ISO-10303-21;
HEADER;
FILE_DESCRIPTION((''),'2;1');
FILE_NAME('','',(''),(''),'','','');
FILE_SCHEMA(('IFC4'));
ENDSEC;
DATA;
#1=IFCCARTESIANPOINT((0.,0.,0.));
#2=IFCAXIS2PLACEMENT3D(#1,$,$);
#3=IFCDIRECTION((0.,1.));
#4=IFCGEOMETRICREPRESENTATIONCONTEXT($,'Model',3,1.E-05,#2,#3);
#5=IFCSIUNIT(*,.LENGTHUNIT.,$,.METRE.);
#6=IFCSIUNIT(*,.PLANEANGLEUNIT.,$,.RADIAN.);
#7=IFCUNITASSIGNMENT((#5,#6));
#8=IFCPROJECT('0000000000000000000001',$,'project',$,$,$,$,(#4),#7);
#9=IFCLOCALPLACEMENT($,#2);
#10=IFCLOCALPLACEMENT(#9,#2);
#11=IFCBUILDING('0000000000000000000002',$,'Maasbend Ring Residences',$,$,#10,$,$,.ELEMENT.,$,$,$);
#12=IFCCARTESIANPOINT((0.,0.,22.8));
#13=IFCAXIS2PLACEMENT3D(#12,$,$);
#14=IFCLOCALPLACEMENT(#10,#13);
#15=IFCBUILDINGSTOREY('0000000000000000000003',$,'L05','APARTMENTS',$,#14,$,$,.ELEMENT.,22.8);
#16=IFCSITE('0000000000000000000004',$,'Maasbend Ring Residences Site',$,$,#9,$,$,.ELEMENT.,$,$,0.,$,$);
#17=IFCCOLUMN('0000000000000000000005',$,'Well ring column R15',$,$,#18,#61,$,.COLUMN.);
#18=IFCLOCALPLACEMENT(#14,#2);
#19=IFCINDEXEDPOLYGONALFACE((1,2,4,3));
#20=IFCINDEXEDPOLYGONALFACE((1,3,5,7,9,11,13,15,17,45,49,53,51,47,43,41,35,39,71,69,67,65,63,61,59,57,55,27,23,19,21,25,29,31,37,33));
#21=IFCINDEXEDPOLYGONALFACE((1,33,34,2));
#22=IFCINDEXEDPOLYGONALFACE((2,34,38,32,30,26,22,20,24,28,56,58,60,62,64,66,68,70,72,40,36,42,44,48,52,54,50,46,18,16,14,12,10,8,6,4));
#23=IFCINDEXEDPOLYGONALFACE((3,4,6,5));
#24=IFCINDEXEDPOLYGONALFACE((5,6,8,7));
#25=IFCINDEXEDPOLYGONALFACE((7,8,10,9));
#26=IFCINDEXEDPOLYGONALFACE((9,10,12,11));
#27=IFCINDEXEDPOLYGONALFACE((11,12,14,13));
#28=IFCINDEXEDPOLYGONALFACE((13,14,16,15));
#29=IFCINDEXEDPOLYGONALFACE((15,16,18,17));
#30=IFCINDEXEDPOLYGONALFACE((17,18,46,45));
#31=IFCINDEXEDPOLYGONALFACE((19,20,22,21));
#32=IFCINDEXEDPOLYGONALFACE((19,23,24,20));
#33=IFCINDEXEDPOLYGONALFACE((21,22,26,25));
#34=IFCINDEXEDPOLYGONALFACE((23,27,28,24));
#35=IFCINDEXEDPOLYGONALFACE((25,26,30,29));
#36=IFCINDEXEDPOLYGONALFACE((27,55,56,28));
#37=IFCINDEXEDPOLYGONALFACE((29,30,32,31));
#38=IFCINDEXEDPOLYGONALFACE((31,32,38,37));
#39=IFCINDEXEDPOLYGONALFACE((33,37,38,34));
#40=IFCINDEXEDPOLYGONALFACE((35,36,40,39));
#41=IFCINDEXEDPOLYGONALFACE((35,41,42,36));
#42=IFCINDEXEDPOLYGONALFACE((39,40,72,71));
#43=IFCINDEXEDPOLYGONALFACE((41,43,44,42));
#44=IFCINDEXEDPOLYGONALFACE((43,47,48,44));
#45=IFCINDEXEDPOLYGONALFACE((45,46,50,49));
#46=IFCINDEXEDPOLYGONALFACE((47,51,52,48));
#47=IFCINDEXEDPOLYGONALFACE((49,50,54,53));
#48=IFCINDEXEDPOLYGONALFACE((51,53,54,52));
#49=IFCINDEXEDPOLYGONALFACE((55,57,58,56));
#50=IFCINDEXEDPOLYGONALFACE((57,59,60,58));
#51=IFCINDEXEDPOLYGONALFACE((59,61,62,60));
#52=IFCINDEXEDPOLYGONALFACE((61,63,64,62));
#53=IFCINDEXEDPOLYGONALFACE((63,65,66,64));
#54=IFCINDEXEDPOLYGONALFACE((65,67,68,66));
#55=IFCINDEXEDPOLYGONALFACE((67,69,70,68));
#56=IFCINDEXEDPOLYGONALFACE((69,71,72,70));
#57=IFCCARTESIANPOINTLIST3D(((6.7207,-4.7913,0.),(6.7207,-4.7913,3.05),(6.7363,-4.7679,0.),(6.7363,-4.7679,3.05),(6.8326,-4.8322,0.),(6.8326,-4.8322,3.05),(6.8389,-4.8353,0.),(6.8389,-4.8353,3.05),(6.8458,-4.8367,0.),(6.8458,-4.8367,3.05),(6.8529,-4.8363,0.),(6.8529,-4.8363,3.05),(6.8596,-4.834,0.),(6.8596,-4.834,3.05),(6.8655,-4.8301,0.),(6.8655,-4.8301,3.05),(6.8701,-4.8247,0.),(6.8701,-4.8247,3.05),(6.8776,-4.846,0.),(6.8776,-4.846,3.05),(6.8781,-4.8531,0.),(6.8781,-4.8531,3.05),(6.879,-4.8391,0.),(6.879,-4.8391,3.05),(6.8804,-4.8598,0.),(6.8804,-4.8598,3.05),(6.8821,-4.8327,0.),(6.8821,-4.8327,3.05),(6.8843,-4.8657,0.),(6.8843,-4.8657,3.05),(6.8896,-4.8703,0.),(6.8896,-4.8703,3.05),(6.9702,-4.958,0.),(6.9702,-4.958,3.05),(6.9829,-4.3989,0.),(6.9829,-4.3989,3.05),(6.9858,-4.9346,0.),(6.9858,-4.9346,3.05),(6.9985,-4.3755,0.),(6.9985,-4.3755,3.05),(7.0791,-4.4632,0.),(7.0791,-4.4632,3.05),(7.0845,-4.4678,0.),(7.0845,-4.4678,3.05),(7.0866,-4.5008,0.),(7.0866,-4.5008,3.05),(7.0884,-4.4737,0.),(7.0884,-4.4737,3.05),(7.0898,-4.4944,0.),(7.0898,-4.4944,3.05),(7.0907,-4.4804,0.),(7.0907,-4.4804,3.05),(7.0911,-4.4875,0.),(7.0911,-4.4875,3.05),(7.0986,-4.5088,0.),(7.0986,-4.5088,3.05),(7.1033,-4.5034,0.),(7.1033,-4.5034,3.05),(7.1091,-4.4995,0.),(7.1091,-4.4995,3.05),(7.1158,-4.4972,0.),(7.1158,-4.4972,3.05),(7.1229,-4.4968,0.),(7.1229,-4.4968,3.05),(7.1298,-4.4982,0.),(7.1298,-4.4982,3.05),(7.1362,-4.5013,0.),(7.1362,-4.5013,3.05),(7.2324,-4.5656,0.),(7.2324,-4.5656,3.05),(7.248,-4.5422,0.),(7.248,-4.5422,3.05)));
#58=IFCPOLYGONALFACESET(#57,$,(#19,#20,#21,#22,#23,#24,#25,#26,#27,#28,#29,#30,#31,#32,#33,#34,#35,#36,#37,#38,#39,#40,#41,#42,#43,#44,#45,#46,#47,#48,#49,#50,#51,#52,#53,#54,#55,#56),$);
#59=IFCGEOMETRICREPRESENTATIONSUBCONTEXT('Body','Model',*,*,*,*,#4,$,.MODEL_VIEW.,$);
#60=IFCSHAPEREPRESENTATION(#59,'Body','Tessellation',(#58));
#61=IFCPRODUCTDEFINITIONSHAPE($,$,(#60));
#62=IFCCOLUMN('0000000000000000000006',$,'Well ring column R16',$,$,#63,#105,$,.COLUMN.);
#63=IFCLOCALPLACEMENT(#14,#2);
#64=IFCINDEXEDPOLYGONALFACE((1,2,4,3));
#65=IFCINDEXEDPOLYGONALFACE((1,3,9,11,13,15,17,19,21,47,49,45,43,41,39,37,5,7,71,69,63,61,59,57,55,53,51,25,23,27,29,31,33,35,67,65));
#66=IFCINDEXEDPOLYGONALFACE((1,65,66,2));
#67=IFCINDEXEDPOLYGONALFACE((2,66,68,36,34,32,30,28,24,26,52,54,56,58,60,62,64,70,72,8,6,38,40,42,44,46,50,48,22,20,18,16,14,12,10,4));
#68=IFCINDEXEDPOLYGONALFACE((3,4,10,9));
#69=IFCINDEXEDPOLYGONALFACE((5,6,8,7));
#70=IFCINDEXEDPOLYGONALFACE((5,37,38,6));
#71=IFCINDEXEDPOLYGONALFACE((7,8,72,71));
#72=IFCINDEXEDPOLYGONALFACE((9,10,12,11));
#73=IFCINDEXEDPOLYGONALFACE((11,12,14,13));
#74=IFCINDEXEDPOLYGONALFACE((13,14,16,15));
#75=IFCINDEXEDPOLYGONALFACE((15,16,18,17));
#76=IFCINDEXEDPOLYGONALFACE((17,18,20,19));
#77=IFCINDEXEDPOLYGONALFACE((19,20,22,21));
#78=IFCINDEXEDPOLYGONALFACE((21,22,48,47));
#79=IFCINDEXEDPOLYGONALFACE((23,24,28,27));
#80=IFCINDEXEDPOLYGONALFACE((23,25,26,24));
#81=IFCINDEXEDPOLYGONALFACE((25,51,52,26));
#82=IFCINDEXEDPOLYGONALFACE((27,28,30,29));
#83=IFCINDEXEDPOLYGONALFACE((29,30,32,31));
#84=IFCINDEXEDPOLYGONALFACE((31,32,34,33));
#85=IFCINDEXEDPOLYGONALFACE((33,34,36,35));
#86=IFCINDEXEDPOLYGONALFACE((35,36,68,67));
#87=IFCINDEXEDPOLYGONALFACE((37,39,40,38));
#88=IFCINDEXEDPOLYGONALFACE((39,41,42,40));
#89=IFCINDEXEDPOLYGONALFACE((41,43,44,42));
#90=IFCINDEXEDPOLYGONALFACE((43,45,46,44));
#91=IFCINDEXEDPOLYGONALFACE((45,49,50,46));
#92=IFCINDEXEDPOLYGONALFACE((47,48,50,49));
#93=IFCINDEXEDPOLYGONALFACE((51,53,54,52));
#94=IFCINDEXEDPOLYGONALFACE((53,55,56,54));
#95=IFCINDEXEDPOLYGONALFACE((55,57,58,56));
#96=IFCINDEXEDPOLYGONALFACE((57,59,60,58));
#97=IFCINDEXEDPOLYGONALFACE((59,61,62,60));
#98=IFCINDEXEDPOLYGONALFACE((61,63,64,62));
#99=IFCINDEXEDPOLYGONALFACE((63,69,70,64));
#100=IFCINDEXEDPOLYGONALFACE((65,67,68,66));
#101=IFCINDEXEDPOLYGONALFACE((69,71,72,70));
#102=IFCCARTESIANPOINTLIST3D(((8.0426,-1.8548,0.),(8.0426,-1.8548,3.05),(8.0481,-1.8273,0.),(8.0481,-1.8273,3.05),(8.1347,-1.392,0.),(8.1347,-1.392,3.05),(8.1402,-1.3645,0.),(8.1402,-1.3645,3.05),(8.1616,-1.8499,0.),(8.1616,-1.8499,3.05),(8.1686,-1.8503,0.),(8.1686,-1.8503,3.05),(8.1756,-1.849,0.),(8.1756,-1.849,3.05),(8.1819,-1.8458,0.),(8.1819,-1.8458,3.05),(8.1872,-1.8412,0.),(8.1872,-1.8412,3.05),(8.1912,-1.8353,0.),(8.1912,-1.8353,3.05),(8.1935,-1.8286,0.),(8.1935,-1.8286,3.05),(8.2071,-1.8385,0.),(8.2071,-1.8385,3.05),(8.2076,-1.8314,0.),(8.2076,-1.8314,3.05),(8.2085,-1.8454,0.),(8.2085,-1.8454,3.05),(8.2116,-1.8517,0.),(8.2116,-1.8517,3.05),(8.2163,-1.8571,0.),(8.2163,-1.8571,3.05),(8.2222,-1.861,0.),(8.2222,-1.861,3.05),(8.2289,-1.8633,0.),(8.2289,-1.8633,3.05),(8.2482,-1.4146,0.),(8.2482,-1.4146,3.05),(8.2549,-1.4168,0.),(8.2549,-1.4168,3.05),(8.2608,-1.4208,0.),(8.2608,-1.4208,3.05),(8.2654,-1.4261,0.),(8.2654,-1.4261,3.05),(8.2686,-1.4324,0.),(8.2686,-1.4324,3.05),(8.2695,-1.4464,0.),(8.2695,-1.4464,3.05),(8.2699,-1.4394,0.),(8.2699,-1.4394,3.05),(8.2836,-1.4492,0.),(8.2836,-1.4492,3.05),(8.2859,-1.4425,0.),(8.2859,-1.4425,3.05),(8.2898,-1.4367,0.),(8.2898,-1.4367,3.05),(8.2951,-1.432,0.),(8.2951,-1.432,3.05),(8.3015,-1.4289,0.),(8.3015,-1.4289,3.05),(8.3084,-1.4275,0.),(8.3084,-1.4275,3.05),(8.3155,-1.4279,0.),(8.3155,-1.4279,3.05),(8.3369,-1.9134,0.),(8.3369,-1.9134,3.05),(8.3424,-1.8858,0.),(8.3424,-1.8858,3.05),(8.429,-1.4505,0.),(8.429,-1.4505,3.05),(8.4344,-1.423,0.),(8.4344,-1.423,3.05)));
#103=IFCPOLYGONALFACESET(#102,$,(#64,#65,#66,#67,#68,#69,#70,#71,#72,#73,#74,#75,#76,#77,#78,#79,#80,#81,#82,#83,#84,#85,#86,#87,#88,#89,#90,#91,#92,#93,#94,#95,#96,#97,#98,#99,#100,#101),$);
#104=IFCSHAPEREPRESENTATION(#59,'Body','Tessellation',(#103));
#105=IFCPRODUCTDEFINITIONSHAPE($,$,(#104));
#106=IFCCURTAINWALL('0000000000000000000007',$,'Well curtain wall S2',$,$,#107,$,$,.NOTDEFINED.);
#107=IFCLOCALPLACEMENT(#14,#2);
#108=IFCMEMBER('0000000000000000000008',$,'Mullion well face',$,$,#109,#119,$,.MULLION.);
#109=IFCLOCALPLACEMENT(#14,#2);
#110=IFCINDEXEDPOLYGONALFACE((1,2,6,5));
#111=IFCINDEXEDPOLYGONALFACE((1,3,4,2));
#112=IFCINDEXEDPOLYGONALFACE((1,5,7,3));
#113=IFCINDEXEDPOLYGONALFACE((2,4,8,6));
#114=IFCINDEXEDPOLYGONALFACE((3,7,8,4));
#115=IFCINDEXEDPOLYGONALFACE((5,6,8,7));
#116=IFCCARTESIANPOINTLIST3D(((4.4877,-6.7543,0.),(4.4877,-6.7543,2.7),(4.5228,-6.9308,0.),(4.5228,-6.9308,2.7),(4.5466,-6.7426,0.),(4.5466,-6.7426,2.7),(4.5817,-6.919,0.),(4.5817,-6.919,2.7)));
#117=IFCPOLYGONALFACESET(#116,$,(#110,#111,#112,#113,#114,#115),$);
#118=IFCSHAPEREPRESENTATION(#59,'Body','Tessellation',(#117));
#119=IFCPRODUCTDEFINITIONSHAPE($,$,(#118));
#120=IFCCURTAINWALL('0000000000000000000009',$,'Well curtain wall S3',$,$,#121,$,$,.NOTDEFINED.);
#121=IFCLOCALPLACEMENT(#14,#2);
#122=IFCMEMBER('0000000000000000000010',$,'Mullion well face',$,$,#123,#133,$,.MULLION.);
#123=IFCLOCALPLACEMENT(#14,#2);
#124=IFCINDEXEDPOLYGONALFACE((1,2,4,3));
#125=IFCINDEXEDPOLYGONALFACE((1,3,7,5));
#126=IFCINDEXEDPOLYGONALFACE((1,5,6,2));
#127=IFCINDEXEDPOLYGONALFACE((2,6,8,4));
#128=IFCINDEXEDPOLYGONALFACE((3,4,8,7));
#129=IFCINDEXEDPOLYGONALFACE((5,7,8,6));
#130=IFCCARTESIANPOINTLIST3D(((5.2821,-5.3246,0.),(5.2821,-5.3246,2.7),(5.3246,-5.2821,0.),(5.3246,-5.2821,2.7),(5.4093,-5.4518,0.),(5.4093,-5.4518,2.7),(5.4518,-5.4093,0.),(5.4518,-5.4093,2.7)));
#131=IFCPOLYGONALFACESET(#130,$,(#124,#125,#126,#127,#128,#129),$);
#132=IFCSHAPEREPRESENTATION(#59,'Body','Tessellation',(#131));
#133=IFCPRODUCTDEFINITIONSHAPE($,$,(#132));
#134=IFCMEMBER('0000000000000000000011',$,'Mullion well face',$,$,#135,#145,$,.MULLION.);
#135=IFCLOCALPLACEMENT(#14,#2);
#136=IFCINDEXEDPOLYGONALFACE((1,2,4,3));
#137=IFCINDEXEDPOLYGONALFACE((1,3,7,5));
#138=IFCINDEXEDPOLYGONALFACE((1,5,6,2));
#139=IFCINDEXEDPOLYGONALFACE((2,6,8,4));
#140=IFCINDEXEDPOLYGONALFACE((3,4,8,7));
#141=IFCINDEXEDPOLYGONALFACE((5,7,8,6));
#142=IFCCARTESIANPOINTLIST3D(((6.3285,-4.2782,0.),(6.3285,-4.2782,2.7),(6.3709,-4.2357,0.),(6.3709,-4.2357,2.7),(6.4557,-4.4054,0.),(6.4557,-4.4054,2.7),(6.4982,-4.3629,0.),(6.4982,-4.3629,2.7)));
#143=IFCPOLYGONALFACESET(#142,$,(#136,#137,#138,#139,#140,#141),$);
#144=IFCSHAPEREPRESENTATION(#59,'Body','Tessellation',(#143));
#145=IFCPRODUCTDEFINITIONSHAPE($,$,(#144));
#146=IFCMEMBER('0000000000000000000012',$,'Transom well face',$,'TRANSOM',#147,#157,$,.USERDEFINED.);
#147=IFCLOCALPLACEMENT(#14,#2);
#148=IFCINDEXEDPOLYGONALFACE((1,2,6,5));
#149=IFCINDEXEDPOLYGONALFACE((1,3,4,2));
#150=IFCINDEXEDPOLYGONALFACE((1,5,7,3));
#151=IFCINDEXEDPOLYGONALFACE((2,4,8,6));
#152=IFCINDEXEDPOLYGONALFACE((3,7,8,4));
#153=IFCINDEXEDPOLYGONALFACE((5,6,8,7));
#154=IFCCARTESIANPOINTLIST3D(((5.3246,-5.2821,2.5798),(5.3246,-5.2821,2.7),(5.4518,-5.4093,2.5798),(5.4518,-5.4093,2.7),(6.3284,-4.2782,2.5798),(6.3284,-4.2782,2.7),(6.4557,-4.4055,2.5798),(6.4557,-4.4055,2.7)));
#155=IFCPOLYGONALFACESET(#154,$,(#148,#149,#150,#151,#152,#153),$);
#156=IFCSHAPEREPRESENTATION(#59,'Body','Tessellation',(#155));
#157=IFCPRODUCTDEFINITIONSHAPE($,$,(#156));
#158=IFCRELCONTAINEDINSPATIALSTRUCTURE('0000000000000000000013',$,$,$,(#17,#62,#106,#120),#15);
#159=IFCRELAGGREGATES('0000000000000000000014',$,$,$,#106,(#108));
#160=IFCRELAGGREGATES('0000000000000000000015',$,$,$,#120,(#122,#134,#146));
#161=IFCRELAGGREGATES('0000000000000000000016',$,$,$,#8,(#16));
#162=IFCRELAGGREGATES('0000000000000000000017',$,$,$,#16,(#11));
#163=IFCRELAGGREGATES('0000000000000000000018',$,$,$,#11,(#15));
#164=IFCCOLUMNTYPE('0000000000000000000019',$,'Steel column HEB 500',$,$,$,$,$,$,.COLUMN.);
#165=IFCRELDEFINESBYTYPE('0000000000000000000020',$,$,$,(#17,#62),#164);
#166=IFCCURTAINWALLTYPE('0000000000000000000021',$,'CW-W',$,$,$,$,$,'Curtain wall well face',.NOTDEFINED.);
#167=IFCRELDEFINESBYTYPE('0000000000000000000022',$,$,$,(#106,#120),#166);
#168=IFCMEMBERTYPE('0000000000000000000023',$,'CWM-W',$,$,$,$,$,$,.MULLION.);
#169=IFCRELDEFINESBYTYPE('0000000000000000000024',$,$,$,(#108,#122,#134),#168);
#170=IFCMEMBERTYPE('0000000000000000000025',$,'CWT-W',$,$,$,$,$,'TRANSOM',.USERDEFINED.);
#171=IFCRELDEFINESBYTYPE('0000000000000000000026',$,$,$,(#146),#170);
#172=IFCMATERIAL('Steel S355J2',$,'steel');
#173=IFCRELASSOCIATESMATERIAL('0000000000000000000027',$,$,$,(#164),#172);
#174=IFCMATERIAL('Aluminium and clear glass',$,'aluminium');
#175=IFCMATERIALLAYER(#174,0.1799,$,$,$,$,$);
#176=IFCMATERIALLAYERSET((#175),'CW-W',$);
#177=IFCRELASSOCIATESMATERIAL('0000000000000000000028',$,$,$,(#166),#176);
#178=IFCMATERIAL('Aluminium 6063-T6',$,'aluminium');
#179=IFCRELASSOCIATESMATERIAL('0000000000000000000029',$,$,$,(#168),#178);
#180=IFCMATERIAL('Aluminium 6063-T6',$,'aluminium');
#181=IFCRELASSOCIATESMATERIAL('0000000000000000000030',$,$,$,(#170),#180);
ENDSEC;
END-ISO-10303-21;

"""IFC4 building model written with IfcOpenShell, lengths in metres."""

from ifc_helpers import new_model, si_unit, direction, frame, origin, origin_2d, place, context, subcontext, project, spatial, rectangle, i_section, extrude, material, layer, layer_set, material_profile, profile_set, type_object, element, aggregate, save


model = new_model("IFC4")

# Units and contexts
model_context = context("Model", 3, precision=1e-05, world=origin(), true_north=direction((0.0, 1.0)))
body_context = subcontext(model_context, "Body", "Model", "MODEL_VIEW")
ifc_project = project(units=[si_unit("LENGTHUNIT", "METRE"), si_unit("PLANEANGLEUNIT", "RADIAN")], contexts=[model_context])

# Site, building, storey
site_placement = place(None, origin())
site = spatial("IfcSite", under=ifc_project, at=site_placement, Name="Maasbend Ring Residences Site", CompositionType="ELEMENT", RefElevation=0.0)
building_placement = place(site_placement, origin())
building = spatial("IfcBuilding", under=site, at=building_placement, Name="Maasbend Ring Residences", CompositionType="ELEMENT")
storey_placement = place(building_placement, frame((0.0, 0.0, 22.8)))
storey = spatial("IfcBuildingStorey", under=building, at=storey_placement, Name="L05", Description="APARTMENTS", CompositionType="ELEMENT", Elevation=22.8)

# Columns
ifc_material_1 = material(Name="Steel S355J2", Category="steel")
ifc_material_profile_1 = material_profile(ifc_material_1, i_section(OverallWidth=0.3, OverallDepth=0.5, WebThickness=0.0144, FlangeThickness=0.0281, FilletRadius=0.0271, at=origin_2d()), Name="HEB 500")
ifc_profile_set_1 = profile_set([ifc_material_profile_1], Name="Steel S355J2")
column_type = type_object("IfcColumnType", Name="Steel column HEB 500", PredefinedType="COLUMN", material=ifc_profile_set_1)
for number, where, z_axis, x_axis, name in (
    (1, (6.9844, -4.6667, 0.0), (0.0, 0.0, 1.0), (0.83147, -0.55557, 0.0), "Well ring column R15"),
    (2, (8.2385, -1.6389, 0.0), (0.0, 0.0, 1.0), (0.980785, -0.19509, 0.0), "Well ring column R16"),
):
    element("IfcColumn", number, at=place(storey_placement, frame(where, z_axis=z_axis, x_axis=x_axis)), inside=storey, type_object=column_type, Name=name, PredefinedType="COLUMN", context=body_context, shape_type="SweptSolid", body=[
        extrude(i_section(OverallWidth=0.3, OverallDepth=0.5, WebThickness=0.0144, FlangeThickness=0.0281, FilletRadius=0.0271, at=origin_2d()), origin(), (0.0, 0.0, 1.0), 3.05),
    ])

# Curtain wall, member
ifc_material_2 = material(Name="Aluminium and clear glass", Category="aluminium")
ifc_layer_1 = layer(ifc_material_2, 0.1799)
ifc_layer_set_1 = layer_set([ifc_layer_1], Name="CW-W")
curtain_wall_type = type_object("IfcCurtainWallType", Name="CW-W", ElementType="Curtain wall well face", PredefinedType="NOTDEFINED", material=ifc_layer_set_1)
curtain_wall_1_placement = place(storey_placement, origin())
curtain_wall_1 = element("IfcCurtainWall", 3, at=curtain_wall_1_placement, inside=storey, type_object=curtain_wall_type, Name="Well curtain wall S2", PredefinedType="NOTDEFINED")
ifc_material_3 = material(Name="Aluminium 6063-T6", Category="aluminium")
ifc_material_profile_2 = material_profile(ifc_material_3, rectangle(XDim=0.1799, YDim=0.0601, at=origin_2d()), Name="AL 180x60")
ifc_profile_set_2 = profile_set([ifc_material_profile_2], Name="Aluminium 6063-T6")
member_type_1 = type_object("IfcMemberType", Name="CWM-W", PredefinedType="MULLION", material=ifc_profile_set_2)
member_1_placement = place(storey_placement, frame((4.5347, -6.8367, 0.0), z_axis=(0.0, 0.0, 1.0), x_axis=(-0.19509, 0.980785, 0.0)))
member_1 = element("IfcMember", 4, at=member_1_placement, type_object=member_type_1, Name="Mullion well face", PredefinedType="MULLION", context=body_context, shape_type="SweptSolid", body=[
    extrude(rectangle(XDim=0.1799, YDim=0.0601, at=origin_2d()), origin(), (0.0, 0.0, 1.0), 2.7),
])
aggregate(curtain_wall_1, [member_1])

# Curtain wall, members
curtain_wall_2_placement = place(storey_placement, origin())
curtain_wall_2 = element("IfcCurtainWall", 5, at=curtain_wall_2_placement, inside=storey, type_object=curtain_wall_type, Name="Well curtain wall S3", PredefinedType="NOTDEFINED")
member_2_placement = place(storey_placement, frame((5.3669, -5.3669, 0.0), z_axis=(0.0, 0.0, 1.0), x_axis=(-0.707107, 0.707107, 0.0)))
member_2 = element("IfcMember", 6, at=member_2_placement, type_object=member_type_1, Name="Mullion well face", PredefinedType="MULLION", context=body_context, shape_type="SweptSolid", body=[
    extrude(rectangle(XDim=0.1799, YDim=0.0601, at=origin_2d()), origin(), (0.0, 0.0, 1.0), 2.7),
])
member_3_placement = place(storey_placement, frame((6.4133, -4.3206, 0.0), z_axis=(0.0, 0.0, 1.0), x_axis=(-0.707107, 0.707107, 0.0)))
member_3 = element("IfcMember", 7, at=member_3_placement, type_object=member_type_1, Name="Mullion well face", PredefinedType="MULLION", context=body_context, shape_type="SweptSolid", body=[
    extrude(rectangle(XDim=0.1799, YDim=0.0601, at=origin_2d()), origin(), (0.0, 0.0, 1.0), 2.7),
])
ifc_material_4 = material(Name="Aluminium 6063-T6", Category="aluminium")
ifc_material_profile_3 = material_profile(ifc_material_4, rectangle(XDim=0.1799, YDim=0.1201, at=origin_2d()), Name="AL 180x120")
ifc_profile_set_3 = profile_set([ifc_material_profile_3], Name="Aluminium 6063-T6")
member_type_2 = type_object("IfcMemberType", Name="CWT-W", ElementType="TRANSOM", PredefinedType="USERDEFINED", material=ifc_profile_set_3)
member_4_placement = place(storey_placement, frame((5.3882, -5.3457, 2.6399), z_axis=(0.707107, 0.707107, 0.0), x_axis=(-0.707107, 0.707107, 0.0)))
member_4 = element("IfcMember", 8, at=member_4_placement, type_object=member_type_2, Name="Transom well face", ObjectType="TRANSOM", PredefinedType="USERDEFINED", context=body_context, shape_type="SweptSolid", body=[
    extrude(rectangle(XDim=0.1799, YDim=0.1201, at=origin_2d()), origin(), (0.0, 0.0, 1.0), 1.4197),
])

aggregate(curtain_wall_2, [member_2, member_3, member_4])

save(model, "model.ifc")
